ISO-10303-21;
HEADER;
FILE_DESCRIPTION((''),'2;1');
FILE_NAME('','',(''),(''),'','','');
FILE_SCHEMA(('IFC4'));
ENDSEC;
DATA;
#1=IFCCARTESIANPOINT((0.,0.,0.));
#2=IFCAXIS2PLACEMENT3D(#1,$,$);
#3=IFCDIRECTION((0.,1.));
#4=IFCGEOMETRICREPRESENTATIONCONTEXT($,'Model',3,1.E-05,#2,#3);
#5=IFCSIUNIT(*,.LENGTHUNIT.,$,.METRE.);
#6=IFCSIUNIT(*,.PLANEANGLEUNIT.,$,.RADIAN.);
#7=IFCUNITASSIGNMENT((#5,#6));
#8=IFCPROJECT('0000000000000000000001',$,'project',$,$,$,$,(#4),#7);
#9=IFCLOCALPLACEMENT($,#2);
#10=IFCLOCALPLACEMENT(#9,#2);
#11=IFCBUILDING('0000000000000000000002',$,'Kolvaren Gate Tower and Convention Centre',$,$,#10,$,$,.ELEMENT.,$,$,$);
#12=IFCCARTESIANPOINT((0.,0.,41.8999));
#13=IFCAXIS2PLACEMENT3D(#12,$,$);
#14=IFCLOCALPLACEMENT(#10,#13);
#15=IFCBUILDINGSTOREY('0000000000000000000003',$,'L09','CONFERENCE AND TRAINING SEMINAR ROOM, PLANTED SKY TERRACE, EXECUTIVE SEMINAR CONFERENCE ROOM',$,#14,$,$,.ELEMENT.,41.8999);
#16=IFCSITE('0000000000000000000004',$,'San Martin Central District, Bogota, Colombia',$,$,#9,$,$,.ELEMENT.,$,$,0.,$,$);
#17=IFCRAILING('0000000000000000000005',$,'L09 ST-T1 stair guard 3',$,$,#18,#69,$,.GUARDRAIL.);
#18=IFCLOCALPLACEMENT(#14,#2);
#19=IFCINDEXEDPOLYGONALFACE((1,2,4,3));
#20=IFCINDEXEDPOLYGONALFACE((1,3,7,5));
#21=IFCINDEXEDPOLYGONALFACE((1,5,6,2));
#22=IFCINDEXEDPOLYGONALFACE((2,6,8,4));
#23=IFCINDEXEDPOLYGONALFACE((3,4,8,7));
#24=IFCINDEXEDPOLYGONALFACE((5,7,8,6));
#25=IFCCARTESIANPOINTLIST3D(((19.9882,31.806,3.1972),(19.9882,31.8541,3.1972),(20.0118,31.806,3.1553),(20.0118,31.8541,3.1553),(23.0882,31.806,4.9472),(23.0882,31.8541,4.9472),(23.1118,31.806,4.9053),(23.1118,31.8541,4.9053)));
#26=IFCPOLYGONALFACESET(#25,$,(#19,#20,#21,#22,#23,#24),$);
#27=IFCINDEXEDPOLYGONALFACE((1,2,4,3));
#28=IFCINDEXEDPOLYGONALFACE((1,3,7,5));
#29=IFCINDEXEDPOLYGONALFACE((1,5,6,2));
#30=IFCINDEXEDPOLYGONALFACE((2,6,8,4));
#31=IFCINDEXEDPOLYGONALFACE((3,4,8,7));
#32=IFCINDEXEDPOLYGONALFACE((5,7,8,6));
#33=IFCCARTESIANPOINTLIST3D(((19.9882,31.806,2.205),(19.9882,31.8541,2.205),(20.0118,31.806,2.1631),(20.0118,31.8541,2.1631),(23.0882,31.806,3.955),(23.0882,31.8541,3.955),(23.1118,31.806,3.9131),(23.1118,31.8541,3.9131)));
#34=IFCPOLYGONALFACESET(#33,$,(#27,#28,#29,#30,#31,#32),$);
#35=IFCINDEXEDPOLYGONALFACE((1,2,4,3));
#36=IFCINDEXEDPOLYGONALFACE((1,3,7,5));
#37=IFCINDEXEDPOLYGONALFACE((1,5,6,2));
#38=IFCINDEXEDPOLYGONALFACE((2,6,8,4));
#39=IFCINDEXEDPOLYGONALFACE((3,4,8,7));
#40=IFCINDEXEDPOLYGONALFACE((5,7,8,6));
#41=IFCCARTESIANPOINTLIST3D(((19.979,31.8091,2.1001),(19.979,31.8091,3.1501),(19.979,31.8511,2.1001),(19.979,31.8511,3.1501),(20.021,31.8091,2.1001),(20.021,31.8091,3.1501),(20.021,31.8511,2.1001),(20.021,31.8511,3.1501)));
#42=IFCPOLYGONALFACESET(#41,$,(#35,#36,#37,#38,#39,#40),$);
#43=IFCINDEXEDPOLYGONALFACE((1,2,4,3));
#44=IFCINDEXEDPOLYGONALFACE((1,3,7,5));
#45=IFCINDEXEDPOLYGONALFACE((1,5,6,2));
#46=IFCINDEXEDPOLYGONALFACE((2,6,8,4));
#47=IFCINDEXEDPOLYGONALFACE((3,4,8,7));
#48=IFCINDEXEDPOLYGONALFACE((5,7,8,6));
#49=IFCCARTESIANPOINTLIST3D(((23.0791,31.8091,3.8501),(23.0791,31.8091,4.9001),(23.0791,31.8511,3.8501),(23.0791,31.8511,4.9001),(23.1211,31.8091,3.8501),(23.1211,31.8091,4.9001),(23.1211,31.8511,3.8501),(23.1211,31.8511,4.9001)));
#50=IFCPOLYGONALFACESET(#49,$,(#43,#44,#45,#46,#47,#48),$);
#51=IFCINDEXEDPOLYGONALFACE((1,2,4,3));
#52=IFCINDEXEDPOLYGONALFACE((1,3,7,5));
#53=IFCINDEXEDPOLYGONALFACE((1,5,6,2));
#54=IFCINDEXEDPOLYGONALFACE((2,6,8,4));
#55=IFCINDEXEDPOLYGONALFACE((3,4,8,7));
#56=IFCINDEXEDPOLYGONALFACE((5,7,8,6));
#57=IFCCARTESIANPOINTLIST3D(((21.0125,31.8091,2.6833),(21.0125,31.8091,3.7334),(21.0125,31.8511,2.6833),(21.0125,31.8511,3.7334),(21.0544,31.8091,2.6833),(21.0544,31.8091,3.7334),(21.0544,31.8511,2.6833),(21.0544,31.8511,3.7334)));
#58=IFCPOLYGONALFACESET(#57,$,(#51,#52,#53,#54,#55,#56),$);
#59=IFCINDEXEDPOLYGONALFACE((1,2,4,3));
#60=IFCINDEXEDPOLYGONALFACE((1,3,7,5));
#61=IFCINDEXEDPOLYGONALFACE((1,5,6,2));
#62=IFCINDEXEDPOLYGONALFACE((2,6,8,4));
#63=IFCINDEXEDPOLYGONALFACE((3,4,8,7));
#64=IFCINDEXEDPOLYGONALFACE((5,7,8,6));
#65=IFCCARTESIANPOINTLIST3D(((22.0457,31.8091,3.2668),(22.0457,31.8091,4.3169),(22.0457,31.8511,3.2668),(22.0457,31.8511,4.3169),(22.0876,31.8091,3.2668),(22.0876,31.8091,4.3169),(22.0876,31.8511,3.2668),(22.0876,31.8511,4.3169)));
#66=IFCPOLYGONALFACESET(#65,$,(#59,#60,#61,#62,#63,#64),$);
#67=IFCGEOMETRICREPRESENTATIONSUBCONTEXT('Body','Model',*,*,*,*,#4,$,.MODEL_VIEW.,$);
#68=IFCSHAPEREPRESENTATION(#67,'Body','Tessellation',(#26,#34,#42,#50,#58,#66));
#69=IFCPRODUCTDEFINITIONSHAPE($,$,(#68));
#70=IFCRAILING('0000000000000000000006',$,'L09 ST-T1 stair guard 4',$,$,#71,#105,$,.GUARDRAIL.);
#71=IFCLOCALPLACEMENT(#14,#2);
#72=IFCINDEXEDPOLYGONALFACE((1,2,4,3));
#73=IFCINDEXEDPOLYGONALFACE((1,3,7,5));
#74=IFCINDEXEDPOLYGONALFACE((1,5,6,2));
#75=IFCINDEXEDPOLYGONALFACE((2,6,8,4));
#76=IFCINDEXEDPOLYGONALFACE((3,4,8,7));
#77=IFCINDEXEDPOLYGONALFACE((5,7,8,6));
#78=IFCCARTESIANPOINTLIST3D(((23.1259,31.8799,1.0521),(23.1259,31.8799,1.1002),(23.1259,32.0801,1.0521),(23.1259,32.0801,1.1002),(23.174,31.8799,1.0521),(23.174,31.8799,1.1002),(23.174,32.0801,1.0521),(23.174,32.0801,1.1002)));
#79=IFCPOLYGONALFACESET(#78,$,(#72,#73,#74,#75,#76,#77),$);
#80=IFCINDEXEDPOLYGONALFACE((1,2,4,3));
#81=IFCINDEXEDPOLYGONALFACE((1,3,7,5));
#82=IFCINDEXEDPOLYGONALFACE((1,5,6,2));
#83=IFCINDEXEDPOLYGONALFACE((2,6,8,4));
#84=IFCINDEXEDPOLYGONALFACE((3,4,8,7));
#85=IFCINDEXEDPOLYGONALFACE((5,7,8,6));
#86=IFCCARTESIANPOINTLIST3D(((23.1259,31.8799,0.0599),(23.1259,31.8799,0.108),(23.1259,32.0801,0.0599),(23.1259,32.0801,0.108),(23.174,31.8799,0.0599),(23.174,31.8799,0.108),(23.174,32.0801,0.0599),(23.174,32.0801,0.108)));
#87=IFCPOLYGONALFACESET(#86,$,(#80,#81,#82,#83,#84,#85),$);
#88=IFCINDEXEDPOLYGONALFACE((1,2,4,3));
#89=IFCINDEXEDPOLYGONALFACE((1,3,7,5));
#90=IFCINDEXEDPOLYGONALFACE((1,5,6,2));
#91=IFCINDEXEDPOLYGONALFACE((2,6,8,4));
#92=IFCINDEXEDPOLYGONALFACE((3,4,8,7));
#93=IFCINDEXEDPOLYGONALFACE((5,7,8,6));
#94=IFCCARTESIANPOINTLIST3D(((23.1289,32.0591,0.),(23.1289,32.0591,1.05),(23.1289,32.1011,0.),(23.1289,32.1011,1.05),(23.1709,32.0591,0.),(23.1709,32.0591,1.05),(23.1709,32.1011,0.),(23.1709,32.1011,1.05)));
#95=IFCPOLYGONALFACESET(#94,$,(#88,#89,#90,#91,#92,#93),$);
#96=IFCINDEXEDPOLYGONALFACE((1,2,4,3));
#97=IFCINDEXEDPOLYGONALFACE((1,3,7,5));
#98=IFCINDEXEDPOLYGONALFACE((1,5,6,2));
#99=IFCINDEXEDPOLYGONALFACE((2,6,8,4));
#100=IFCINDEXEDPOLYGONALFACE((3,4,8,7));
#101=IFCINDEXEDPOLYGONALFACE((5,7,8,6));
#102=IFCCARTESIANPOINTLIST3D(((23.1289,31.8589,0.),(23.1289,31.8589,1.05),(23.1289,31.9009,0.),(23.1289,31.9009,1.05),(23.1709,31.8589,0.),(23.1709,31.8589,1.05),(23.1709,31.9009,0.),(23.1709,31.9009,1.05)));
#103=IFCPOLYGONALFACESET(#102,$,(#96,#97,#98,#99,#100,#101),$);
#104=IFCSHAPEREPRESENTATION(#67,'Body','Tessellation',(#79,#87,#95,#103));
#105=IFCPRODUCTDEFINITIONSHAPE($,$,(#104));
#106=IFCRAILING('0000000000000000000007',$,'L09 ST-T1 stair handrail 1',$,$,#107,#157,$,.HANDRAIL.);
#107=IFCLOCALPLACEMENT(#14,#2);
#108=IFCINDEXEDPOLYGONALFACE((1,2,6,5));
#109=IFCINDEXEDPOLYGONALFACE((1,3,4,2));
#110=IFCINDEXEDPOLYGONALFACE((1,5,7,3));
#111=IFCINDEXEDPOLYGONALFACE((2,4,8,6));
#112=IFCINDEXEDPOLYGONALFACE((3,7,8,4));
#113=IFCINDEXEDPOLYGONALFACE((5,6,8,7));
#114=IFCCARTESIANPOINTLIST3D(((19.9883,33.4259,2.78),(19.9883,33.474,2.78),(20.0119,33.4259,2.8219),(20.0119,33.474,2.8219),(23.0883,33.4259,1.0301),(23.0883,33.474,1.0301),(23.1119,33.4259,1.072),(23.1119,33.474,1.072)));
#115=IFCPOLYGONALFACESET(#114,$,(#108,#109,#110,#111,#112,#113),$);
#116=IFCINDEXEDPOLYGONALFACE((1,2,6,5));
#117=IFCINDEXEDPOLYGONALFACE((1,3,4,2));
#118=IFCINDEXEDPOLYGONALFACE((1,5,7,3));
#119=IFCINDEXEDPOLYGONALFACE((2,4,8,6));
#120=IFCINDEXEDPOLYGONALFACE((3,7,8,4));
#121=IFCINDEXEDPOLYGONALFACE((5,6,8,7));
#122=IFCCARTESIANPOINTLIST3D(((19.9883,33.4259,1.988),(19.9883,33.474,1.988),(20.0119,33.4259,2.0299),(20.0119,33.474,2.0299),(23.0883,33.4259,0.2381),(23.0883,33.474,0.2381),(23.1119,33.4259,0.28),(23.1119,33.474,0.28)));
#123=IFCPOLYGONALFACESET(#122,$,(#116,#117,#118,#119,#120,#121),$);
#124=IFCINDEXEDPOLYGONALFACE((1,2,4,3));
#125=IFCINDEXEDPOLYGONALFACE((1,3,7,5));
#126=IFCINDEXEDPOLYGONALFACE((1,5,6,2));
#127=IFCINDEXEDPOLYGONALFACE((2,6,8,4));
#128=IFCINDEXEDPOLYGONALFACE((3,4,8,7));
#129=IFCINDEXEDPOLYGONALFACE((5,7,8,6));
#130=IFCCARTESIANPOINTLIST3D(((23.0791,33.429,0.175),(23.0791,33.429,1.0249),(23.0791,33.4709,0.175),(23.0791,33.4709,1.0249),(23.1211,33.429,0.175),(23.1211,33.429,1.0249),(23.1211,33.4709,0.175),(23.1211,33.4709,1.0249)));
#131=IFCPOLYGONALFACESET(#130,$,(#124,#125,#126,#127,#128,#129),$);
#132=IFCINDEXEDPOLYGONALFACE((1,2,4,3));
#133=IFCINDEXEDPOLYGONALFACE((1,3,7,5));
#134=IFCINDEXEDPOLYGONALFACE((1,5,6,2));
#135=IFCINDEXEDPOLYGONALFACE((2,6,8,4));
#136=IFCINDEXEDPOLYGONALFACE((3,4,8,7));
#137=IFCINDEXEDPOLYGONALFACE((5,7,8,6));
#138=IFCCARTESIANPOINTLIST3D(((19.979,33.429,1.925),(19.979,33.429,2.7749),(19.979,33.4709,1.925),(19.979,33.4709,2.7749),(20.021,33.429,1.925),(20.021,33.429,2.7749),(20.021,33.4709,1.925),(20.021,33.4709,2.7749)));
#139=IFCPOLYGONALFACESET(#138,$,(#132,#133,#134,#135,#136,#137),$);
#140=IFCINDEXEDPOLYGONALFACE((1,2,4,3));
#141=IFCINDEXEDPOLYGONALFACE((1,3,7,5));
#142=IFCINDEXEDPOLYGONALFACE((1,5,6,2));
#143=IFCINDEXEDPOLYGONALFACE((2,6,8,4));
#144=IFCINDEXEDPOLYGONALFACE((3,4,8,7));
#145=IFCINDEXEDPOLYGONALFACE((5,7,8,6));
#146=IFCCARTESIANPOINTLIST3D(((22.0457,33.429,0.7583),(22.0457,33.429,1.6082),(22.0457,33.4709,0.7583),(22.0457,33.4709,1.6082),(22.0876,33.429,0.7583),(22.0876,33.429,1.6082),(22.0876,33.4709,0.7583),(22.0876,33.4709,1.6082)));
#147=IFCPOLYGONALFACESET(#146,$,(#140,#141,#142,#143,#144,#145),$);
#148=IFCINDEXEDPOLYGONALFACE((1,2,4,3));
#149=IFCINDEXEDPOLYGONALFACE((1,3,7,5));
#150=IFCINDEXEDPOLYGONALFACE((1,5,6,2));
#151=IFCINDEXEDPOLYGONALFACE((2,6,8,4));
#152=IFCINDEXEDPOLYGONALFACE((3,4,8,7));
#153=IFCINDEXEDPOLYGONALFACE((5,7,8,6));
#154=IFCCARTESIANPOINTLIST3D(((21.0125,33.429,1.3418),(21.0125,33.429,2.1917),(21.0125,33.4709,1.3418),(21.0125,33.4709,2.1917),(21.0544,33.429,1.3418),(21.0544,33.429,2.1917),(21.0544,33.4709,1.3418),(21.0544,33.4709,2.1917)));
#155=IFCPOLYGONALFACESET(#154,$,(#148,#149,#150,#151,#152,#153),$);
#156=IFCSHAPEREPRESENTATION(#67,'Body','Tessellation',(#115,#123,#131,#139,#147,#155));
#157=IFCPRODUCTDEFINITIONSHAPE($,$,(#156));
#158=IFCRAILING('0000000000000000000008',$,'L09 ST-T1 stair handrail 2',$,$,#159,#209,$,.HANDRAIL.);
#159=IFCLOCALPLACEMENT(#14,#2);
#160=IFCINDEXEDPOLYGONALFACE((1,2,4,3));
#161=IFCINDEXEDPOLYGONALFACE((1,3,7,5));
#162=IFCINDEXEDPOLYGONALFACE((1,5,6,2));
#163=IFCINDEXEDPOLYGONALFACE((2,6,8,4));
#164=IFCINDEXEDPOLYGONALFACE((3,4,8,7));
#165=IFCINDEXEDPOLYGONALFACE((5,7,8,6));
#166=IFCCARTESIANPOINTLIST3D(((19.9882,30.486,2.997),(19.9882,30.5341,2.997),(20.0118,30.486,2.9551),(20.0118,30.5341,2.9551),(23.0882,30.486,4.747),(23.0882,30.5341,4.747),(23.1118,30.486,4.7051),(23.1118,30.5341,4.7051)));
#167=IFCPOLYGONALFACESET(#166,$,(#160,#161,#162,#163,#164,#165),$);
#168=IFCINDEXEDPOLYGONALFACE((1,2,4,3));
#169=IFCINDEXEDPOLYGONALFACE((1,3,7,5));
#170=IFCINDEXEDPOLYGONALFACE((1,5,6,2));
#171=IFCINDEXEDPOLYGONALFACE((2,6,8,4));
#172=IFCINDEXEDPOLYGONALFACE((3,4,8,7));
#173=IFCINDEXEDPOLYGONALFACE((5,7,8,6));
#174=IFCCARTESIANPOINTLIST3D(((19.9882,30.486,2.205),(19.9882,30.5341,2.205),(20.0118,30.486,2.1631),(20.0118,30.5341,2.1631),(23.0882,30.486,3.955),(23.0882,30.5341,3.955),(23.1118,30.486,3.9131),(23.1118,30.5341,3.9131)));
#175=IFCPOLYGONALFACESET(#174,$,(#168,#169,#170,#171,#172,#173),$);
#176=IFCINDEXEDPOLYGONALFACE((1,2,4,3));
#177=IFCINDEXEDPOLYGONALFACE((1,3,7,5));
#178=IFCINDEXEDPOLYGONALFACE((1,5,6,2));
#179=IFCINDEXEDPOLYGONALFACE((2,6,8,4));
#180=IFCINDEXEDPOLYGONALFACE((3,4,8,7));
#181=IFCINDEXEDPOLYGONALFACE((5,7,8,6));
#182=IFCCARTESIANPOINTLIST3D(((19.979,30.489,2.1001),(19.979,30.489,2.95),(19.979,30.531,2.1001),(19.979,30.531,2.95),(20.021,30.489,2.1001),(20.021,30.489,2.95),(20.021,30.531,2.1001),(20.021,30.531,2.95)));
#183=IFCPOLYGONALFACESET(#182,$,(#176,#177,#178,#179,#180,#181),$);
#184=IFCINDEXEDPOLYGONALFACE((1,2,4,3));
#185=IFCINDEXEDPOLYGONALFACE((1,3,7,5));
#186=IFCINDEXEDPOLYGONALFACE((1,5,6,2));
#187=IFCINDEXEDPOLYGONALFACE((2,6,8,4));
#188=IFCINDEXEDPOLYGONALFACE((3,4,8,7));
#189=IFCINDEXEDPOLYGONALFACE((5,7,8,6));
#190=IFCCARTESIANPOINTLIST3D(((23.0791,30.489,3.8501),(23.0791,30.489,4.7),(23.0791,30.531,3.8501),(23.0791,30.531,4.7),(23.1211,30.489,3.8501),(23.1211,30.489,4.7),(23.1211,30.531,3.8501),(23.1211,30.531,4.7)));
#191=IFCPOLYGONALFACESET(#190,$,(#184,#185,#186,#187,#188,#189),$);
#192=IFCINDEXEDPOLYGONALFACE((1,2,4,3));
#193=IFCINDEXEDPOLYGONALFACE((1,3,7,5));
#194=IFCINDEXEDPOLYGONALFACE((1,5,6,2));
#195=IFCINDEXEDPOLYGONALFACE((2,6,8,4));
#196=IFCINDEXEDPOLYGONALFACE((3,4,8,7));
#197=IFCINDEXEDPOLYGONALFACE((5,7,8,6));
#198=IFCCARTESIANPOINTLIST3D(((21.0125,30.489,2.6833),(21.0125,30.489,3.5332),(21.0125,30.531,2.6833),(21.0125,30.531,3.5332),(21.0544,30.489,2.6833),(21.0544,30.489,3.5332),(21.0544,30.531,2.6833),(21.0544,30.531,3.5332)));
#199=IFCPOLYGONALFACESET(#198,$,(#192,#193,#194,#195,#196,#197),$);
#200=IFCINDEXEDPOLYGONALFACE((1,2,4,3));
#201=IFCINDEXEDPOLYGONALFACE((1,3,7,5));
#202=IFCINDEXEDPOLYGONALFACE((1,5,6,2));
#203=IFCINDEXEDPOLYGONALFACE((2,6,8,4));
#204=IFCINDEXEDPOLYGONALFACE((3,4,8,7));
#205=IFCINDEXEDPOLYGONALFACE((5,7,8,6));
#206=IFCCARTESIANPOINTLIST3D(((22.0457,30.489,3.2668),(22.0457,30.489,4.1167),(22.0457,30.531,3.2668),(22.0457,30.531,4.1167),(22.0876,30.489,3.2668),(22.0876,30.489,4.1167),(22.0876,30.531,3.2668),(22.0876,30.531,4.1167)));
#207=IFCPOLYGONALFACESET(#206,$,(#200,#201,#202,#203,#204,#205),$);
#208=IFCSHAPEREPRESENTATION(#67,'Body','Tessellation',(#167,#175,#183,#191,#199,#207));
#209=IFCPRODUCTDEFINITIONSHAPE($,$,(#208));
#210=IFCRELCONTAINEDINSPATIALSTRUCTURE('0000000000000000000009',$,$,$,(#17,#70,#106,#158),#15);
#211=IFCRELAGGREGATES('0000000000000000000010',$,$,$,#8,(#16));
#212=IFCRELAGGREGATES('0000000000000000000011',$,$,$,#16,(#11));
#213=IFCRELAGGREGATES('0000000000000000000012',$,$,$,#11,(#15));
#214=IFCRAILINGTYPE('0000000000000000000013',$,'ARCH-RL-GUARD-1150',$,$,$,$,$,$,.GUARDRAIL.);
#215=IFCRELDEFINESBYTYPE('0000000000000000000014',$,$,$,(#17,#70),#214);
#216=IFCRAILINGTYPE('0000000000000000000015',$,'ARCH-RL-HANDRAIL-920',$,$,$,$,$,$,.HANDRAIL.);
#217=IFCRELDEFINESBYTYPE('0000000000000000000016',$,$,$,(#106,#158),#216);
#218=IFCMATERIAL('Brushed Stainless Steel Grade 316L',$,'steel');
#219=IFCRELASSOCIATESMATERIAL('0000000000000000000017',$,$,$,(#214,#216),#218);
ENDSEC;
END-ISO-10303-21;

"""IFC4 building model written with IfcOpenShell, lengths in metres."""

from ifc_helpers import new_model, si_unit, direction, frame, origin, origin_2d, place, context, subcontext, project, spatial, rectangle, extrude, material, type_object, element, save


model = new_model("IFC4")

# Units and contexts
model_context = context("Model", 3, precision=1e-05, world=origin(), true_north=direction((0.0, 1.0)))
body_context = subcontext(model_context, "Body", "Model", "MODEL_VIEW")
ifc_project = project(units=[si_unit("LENGTHUNIT", "METRE"), si_unit("PLANEANGLEUNIT", "RADIAN")], contexts=[model_context])

# Site, building, storey
site_placement = place(None, origin())
site = spatial("IfcSite", under=ifc_project, at=site_placement, Name="San Martin Central District, Bogota, Colombia", CompositionType="ELEMENT", RefElevation=0.0)
building_placement = place(site_placement, origin())
building = spatial("IfcBuilding", under=site, at=building_placement, Name="Kolvaren Gate Tower and Convention Centre", CompositionType="ELEMENT")
storey_placement = place(building_placement, frame((0.0, 0.0, 41.8999)))
storey = spatial("IfcBuildingStorey", under=building, at=storey_placement, Name="L09", Description="CONFERENCE AND TRAINING SEMINAR ROOM, PLANTED SKY TERRACE, EXECUTIVE SEMINAR CONFERENCE ROOM", CompositionType="ELEMENT", Elevation=41.8999)

# Shared definitions
ifc_material_1 = material(Name="Brushed Stainless Steel Grade 316L", Category="steel")

# Railings
railing_type_1 = type_object("IfcRailingType", Name="ARCH-RL-GUARD-1150", PredefinedType="GUARDRAIL", material=ifc_material_1)
railing_1_placement = place(storey_placement, frame((20.0, 31.8301, 2.1001)))
element("IfcRailing", 1, at=railing_1_placement, inside=storey, type_object=railing_type_1, Name="L09 ST-T1 stair guard 3", PredefinedType="GUARDRAIL", context=body_context, shape_type="SweptSolid", body=[
    extrude(rectangle(XDim=0.0481, YDim=0.0481, at=origin_2d()), frame((0.0, 0.0, 1.0762), z_axis=(0.870831, 0.0, 0.491583), x_axis=(0.0, 1.0, 0.0)), (0.0, 0.0, 1.0), 3.5598),
    extrude(rectangle(XDim=0.0481, YDim=0.0481, at=origin_2d()), frame((0.0, 0.0, 0.084), z_axis=(0.870831, 0.0, 0.491583), x_axis=(0.0, 1.0, 0.0)), (0.0, 0.0, 1.0), 3.5598),
    extrude(rectangle(XDim=0.042, YDim=0.042, at=origin_2d()), origin(), (0.0, 0.0, 1.0), 1.05),
    extrude(rectangle(XDim=0.042, YDim=0.042, at=origin_2d()), frame((3.1001, 0.0, 1.75)), (0.0, 0.0, 1.0), 1.05),
    extrude(rectangle(XDim=0.042, YDim=0.042, at=origin_2d()), frame((1.0334, 0.0, 0.5833)), (0.0, 0.0, 1.0), 1.05),
    extrude(rectangle(XDim=0.042, YDim=0.042, at=origin_2d()), frame((2.0667, 0.0, 1.1667)), (0.0, 0.0, 1.0), 1.05),
])
railing_2_placement = place(storey_placement, frame((23.1499, 32.0801, 0.0)))
element("IfcRailing", 2, at=railing_2_placement, inside=storey, type_object=railing_type_1, Name="L09 ST-T1 stair guard 4", PredefinedType="GUARDRAIL", context=body_context, shape_type="SweptSolid", body=[
    extrude(rectangle(XDim=0.0481, YDim=0.0481, at=origin_2d()), frame((0.0, 0.0, 1.0762), z_axis=(0.0, -1.0, 0.0), x_axis=(1.0, 0.0, 0.0)), (0.0, 0.0, 1.0), 0.2002),
    extrude(rectangle(XDim=0.0481, YDim=0.0481, at=origin_2d()), frame((0.0, 0.0, 0.084), z_axis=(0.0, -1.0, 0.0), x_axis=(1.0, 0.0, 0.0)), (0.0, 0.0, 1.0), 0.2002),
    extrude(rectangle(XDim=0.042, YDim=0.042, at=origin_2d()), origin(), (0.0, 0.0, 1.0), 1.05),
    extrude(rectangle(XDim=0.042, YDim=0.042, at=origin_2d()), frame((0.0, -0.2002, 0.0)), (0.0, 0.0, 1.0), 1.05),
])
railing_type_2 = type_object("IfcRailingType", Name="ARCH-RL-HANDRAIL-920", PredefinedType="HANDRAIL", material=ifc_material_1)
railing_3_placement = place(storey_placement, frame((23.1001, 33.45, 0.175)))
element("IfcRailing", 3, at=railing_3_placement, inside=storey, type_object=railing_type_2, Name="L09 ST-T1 stair handrail 1", PredefinedType="HANDRAIL", context=body_context, shape_type="SweptSolid", body=[
    extrude(rectangle(XDim=0.0481, YDim=0.0481, at=origin_2d()), frame((0.0, 0.0, 0.876), z_axis=(-0.870831, 0.0, 0.491583), x_axis=(0.0, -1.0, 0.0)), (0.0, 0.0, 1.0), 3.5598),
    extrude(rectangle(XDim=0.0481, YDim=0.0481, at=origin_2d()), frame((0.0, 0.0, 0.084), z_axis=(-0.870831, 0.0, 0.491583), x_axis=(0.0, -1.0, 0.0)), (0.0, 0.0, 1.0), 3.5598),
    extrude(rectangle(XDim=0.042, YDim=0.042, at=origin_2d()), origin(), (0.0, 0.0, 1.0), 0.8499),
    extrude(rectangle(XDim=0.042, YDim=0.042, at=origin_2d()), frame((-3.1001, 0.0, 1.75)), (0.0, 0.0, 1.0), 0.8499),
    extrude(rectangle(XDim=0.042, YDim=0.042, at=origin_2d()), frame((-1.0334, 0.0, 0.5833)), (0.0, 0.0, 1.0), 0.8499),
    extrude(rectangle(XDim=0.042, YDim=0.042, at=origin_2d()), frame((-2.0667, 0.0, 1.1667)), (0.0, 0.0, 1.0), 0.8499),
])
railing_4_placement = place(storey_placement, frame((20.0, 30.51, 2.1001)))
element("IfcRailing", 4, at=railing_4_placement, inside=storey, type_object=railing_type_2, Name="L09 ST-T1 stair handrail 2", PredefinedType="HANDRAIL", context=body_context, shape_type="SweptSolid", body=[
    extrude(rectangle(XDim=0.0481, YDim=0.0481, at=origin_2d()), frame((0.0, 0.0, 0.876), z_axis=(0.870831, 0.0, 0.491583), x_axis=(0.0, 1.0, 0.0)), (0.0, 0.0, 1.0), 3.5598),
    extrude(rectangle(XDim=0.0481, YDim=0.0481, at=origin_2d()), frame((0.0, 0.0, 0.084), z_axis=(0.870831, 0.0, 0.491583), x_axis=(0.0, 1.0, 0.0)), (0.0, 0.0, 1.0), 3.5598),
    extrude(rectangle(XDim=0.042, YDim=0.042, at=origin_2d()), origin(), (0.0, 0.0, 1.0), 0.8499),
    extrude(rectangle(XDim=0.042, YDim=0.042, at=origin_2d()), frame((3.1001, 0.0, 1.75)), (0.0, 0.0, 1.0), 0.8499),
    extrude(rectangle(XDim=0.042, YDim=0.042, at=origin_2d()), frame((1.0334, 0.0, 0.5833)), (0.0, 0.0, 1.0), 0.8499),
    extrude(rectangle(XDim=0.042, YDim=0.042, at=origin_2d()), frame((2.0667, 0.0, 1.1667)), (0.0, 0.0, 1.0), 0.8499),
])

save(model, "model.ifc")
